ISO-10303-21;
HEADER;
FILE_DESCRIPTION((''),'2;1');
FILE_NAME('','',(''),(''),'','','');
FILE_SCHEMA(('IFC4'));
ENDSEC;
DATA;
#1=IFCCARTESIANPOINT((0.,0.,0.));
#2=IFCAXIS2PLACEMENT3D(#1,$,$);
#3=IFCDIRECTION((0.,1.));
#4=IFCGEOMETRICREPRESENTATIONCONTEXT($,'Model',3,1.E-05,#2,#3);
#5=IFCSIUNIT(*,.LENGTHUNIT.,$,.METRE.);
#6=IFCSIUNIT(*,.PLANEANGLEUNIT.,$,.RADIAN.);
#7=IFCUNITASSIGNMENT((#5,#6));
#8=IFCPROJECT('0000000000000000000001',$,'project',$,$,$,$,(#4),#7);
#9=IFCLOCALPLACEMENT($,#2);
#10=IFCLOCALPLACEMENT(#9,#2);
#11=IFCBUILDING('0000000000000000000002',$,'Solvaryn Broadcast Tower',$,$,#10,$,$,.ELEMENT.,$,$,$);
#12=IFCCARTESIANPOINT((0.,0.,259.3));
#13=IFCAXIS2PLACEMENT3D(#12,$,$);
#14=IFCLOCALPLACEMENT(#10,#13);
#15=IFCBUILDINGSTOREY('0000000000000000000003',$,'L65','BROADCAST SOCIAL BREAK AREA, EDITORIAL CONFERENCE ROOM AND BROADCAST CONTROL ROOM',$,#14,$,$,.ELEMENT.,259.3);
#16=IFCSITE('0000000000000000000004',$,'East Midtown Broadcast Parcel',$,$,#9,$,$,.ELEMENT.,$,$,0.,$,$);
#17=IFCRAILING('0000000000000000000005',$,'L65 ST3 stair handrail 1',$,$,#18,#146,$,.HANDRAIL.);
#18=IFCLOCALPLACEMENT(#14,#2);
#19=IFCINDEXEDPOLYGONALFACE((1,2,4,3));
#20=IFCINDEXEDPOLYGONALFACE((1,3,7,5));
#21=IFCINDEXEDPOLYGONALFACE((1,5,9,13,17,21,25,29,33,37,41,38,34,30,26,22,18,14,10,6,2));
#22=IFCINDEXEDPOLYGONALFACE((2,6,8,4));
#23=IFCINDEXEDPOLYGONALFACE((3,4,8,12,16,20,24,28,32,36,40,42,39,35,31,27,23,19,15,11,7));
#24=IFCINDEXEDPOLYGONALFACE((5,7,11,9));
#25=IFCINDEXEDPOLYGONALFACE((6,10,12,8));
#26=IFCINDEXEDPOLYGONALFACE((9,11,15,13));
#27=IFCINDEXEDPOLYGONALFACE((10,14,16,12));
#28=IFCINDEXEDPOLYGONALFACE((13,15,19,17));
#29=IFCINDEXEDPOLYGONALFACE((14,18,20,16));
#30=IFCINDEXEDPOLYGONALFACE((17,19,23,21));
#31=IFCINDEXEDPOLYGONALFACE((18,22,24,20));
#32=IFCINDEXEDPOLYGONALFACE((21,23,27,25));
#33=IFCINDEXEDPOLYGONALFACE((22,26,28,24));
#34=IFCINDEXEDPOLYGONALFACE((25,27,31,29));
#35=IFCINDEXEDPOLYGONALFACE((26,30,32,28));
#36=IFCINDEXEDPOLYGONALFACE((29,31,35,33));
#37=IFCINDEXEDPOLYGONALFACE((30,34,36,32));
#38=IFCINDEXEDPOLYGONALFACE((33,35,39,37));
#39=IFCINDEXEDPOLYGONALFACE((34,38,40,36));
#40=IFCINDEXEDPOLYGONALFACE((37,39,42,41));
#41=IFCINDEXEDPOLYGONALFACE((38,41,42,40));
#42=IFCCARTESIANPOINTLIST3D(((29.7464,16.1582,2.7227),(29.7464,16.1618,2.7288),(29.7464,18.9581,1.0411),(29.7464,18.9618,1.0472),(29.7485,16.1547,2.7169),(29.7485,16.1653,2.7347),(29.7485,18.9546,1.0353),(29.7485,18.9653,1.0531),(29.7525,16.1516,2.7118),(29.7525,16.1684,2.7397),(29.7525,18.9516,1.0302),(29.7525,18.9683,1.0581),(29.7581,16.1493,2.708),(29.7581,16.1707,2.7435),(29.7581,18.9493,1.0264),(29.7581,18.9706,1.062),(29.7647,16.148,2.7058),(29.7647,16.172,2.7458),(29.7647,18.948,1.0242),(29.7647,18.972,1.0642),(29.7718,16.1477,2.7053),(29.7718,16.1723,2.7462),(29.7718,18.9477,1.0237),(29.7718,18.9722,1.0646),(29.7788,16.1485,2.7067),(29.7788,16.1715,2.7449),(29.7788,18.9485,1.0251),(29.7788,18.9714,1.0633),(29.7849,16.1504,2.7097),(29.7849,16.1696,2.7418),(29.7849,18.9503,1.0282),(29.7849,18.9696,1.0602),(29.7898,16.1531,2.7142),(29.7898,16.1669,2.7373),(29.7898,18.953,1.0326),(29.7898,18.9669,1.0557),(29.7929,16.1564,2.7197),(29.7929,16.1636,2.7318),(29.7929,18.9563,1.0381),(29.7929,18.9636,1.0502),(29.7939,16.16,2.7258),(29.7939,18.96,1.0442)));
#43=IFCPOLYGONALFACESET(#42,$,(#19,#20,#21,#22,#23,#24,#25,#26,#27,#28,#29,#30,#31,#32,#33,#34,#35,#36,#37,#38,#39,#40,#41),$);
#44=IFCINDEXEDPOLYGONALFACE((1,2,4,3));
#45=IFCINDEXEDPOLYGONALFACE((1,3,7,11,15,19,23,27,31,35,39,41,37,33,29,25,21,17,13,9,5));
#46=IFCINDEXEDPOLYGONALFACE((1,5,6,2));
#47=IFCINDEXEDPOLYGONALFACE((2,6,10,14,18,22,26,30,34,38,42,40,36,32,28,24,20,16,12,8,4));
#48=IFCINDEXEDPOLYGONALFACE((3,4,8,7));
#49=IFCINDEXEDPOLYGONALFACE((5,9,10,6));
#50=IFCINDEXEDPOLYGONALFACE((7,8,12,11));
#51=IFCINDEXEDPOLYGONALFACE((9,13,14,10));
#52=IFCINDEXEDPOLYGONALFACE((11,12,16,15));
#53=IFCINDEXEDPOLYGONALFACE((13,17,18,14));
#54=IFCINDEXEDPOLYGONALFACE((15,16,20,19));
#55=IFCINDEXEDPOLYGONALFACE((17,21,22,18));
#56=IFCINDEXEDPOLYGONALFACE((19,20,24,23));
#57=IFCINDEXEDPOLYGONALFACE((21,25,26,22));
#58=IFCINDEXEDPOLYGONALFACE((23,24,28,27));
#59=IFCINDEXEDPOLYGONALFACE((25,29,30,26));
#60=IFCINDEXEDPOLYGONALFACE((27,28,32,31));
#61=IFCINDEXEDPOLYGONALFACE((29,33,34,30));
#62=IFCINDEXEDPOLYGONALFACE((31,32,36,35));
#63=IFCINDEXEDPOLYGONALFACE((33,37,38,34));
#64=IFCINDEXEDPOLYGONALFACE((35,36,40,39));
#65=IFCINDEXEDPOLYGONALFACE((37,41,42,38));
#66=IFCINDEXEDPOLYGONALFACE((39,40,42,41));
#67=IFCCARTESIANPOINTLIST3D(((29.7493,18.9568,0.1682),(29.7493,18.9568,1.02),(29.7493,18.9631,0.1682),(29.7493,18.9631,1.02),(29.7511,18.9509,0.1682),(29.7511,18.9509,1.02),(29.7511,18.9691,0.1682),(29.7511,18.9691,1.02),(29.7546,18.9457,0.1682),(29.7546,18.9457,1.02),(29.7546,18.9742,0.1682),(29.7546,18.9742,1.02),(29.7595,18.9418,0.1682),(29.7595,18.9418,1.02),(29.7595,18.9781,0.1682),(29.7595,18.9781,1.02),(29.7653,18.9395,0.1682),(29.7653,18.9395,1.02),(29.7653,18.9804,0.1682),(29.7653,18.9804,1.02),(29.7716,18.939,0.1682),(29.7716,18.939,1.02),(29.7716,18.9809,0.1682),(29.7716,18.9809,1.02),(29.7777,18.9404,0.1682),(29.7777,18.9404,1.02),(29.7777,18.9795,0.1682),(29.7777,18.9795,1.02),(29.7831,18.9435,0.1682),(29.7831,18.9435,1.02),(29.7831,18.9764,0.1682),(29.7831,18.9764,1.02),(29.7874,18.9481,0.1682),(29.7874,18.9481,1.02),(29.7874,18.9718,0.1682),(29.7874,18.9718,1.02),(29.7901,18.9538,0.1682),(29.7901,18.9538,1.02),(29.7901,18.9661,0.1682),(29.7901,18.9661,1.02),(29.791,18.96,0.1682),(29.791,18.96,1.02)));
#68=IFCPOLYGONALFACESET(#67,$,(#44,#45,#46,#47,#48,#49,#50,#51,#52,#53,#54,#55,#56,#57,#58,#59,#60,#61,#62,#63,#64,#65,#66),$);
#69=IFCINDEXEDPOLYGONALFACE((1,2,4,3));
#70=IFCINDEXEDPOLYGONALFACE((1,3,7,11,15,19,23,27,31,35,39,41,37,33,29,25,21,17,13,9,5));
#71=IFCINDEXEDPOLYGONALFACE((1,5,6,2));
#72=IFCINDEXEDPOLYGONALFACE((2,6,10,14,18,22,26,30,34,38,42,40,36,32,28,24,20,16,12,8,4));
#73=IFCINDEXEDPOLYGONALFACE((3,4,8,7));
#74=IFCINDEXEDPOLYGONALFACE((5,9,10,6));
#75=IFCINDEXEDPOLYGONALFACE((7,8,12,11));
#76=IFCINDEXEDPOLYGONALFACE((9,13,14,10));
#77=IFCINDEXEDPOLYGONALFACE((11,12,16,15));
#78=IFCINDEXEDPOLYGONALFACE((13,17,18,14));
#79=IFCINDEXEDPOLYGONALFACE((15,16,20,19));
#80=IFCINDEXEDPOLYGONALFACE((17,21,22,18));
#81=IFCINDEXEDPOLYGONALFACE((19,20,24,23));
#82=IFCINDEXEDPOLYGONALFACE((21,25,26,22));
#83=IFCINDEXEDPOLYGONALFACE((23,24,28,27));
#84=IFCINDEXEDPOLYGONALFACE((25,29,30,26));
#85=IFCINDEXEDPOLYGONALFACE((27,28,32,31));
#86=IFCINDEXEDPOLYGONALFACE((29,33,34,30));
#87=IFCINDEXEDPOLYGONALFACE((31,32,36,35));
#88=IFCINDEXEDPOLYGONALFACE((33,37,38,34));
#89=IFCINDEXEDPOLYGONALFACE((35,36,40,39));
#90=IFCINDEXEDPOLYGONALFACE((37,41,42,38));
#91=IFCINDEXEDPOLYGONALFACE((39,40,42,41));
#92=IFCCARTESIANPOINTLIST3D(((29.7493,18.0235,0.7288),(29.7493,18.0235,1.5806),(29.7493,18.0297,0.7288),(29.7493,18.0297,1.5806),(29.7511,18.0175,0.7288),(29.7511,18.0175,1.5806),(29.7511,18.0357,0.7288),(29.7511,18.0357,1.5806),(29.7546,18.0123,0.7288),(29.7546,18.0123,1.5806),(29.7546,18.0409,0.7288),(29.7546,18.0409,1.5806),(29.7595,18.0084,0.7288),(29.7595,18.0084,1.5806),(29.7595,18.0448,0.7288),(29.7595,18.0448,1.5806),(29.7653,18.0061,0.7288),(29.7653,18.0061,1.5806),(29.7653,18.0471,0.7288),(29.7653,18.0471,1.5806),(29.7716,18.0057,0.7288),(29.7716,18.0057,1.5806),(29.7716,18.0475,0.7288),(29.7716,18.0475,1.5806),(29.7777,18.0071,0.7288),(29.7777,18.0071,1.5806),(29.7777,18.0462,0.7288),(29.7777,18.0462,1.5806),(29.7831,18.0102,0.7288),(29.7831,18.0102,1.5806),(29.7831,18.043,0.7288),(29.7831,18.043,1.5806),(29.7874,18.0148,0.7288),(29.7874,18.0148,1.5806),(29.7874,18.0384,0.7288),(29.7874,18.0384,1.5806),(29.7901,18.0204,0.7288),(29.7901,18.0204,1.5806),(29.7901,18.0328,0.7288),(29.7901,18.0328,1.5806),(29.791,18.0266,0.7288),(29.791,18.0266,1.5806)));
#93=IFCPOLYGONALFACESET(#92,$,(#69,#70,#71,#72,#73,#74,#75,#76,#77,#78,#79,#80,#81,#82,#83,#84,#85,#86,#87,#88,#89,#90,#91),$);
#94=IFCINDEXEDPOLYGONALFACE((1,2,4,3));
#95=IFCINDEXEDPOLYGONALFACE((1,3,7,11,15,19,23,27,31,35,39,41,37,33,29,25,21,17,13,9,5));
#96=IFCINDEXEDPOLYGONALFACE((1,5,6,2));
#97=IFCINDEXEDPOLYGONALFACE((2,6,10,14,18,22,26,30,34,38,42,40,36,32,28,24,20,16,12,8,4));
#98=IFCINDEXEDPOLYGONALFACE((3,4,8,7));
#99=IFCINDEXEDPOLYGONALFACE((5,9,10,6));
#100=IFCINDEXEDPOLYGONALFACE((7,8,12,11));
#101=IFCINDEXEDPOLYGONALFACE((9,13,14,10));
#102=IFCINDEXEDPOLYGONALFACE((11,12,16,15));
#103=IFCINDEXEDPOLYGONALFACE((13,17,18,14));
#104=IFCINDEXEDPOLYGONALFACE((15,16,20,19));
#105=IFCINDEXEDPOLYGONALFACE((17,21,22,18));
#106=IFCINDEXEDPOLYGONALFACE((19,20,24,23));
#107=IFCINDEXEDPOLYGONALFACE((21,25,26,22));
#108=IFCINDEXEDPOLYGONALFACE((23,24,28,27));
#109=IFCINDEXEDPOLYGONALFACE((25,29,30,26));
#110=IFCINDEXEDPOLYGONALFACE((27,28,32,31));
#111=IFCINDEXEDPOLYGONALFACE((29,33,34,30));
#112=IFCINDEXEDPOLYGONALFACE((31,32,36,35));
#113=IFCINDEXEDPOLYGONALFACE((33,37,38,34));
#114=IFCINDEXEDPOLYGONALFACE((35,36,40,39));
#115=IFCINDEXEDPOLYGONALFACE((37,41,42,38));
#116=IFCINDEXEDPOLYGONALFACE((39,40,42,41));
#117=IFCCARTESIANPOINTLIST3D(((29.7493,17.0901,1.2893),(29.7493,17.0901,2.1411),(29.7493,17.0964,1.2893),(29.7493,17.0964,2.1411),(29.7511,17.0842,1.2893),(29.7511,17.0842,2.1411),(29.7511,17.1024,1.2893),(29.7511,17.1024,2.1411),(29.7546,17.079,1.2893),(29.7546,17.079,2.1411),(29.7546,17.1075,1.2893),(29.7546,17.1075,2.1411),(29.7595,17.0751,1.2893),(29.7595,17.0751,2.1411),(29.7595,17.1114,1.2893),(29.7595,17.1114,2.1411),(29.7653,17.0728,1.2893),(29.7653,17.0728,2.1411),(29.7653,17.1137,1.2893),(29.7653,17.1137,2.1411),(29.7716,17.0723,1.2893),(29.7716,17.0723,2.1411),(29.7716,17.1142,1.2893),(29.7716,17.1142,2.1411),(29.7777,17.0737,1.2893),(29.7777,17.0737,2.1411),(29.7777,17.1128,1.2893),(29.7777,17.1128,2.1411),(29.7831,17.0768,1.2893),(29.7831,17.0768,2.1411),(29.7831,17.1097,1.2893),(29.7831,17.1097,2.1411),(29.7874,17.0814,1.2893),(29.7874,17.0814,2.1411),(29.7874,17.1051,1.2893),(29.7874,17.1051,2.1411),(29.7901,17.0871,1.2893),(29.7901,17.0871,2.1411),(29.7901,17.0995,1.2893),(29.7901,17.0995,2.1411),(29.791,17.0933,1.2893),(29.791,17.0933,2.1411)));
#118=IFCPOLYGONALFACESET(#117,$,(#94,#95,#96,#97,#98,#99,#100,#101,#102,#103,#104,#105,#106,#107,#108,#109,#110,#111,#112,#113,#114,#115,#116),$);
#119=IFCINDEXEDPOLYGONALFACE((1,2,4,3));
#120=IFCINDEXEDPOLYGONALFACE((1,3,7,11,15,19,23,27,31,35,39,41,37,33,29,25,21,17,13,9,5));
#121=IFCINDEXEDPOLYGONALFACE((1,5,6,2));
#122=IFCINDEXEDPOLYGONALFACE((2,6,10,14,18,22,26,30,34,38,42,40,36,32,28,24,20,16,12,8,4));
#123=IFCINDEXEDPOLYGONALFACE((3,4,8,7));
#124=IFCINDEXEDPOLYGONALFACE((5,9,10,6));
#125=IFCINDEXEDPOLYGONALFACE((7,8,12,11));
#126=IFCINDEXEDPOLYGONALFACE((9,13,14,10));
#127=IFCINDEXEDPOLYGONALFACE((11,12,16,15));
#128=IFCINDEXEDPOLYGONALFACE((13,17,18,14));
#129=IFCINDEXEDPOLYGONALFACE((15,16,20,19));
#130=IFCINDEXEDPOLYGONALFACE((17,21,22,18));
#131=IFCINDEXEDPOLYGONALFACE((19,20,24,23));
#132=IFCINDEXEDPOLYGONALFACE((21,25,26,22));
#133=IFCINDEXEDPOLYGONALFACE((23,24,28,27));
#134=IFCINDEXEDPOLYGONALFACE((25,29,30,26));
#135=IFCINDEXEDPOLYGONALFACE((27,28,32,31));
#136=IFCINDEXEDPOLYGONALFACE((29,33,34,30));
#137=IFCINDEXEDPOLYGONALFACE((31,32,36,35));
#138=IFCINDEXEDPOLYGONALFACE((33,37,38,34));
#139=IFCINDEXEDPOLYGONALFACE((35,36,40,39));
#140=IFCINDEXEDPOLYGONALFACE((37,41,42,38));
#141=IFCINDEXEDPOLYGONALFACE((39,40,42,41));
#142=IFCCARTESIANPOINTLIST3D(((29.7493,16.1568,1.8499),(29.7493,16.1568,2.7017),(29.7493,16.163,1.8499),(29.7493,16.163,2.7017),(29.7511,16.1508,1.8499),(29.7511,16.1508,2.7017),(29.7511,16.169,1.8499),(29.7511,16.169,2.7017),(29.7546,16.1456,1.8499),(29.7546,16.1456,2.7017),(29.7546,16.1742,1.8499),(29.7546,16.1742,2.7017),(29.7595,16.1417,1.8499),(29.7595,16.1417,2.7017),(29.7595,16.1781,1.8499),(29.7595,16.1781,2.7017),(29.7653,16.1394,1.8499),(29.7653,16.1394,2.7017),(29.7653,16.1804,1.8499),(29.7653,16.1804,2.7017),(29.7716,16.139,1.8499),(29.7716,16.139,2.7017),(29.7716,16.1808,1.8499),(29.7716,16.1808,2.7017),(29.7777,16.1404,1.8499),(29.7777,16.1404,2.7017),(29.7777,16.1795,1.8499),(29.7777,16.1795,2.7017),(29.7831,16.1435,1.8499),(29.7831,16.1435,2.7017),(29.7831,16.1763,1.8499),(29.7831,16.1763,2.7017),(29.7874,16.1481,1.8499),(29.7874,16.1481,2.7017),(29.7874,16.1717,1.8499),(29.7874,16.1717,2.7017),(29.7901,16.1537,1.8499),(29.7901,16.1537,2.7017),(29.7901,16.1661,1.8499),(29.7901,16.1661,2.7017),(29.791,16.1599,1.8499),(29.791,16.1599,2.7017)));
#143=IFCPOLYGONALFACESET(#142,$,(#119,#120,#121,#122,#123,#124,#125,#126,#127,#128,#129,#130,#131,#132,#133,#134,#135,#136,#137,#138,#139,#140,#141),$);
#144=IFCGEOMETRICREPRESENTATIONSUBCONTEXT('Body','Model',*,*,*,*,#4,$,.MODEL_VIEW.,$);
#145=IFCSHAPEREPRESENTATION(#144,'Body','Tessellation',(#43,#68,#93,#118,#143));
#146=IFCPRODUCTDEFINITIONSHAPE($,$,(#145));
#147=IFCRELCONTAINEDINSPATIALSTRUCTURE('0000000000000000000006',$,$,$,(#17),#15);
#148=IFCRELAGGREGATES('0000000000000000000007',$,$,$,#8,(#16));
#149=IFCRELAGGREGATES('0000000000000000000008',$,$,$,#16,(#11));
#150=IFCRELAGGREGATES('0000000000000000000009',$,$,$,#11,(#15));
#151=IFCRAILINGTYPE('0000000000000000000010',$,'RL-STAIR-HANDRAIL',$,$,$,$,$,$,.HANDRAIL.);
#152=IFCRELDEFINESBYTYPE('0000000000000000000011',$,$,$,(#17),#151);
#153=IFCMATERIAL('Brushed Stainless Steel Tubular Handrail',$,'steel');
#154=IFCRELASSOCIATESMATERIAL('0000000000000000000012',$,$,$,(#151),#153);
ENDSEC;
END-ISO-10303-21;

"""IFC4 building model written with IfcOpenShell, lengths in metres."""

from ifc_helpers import new_model, si_unit, direction, frame, origin, origin_2d, place, context, subcontext, project, spatial, circle, extrude, material, type_object, element, save


model = new_model("IFC4")

# Units and contexts
model_context = context("Model", 3, precision=1e-05, world=origin(), true_north=direction((0.0, 1.0)))
body_context = subcontext(model_context, "Body", "Model", "MODEL_VIEW")
ifc_project = project(units=[si_unit("LENGTHUNIT", "METRE"), si_unit("PLANEANGLEUNIT", "RADIAN")], contexts=[model_context])

# Site, building, storey
site_placement = place(None, origin())
site = spatial("IfcSite", under=ifc_project, at=site_placement, Name="East Midtown Broadcast Parcel", CompositionType="ELEMENT", RefElevation=0.0)
building_placement = place(site_placement, origin())
building = spatial("IfcBuilding", under=site, at=building_placement, Name="Solvaryn Broadcast Tower", CompositionType="ELEMENT")
storey_placement = place(building_placement, frame((0.0, 0.0, 259.3)))
storey = spatial("IfcBuildingStorey", under=building, at=storey_placement, Name="L65", Description="BROADCAST SOCIAL BREAK AREA, EDITORIAL CONFERENCE ROOM AND BROADCAST CONTROL ROOM", CompositionType="ELEMENT", Elevation=259.3)

# Railing
ifc_material_1 = material(Name="Brushed Stainless Steel Tubular Handrail", Category="steel")
railing_type_1 = type_object("IfcRailingType", Name="RL-STAIR-HANDRAIL", PredefinedType="HANDRAIL", material=ifc_material_1)
railing_1_placement = place(storey_placement, frame((29.77, 18.96, 0.1682)))
element("IfcRailing", 1, at=railing_1_placement, inside=storey, type_object=railing_type_1, Name="L65 ST3 stair handrail 1", PredefinedType="HANDRAIL", context=body_context, shape_type="SweptSolid", body=[
    extrude(circle(Radius=0.0239, at=origin_2d()), frame((0.0, 0.0, 0.876), z_axis=(0.0, -0.857275, 0.514858), x_axis=(1.0, 0.0, 0.0)), (0.0, 0.0, 1.0), 3.2661),
    extrude(circle(Radius=0.021, at=origin_2d()), origin(), (0.0, 0.0, 1.0), 0.8518),
    extrude(circle(Radius=0.021, at=origin_2d()), frame((0.0, -0.9333, 0.5605)), (0.0, 0.0, 1.0), 0.8518),
    extrude(circle(Radius=0.021, at=origin_2d()), frame((0.0, -1.8667, 1.1211)), (0.0, 0.0, 1.0), 0.8518),
    extrude(circle(Radius=0.021, at=origin_2d()), frame((0.0, -2.8, 1.6816)), (0.0, 0.0, 1.0), 0.8518),
])

save(model, "model.ifc")
